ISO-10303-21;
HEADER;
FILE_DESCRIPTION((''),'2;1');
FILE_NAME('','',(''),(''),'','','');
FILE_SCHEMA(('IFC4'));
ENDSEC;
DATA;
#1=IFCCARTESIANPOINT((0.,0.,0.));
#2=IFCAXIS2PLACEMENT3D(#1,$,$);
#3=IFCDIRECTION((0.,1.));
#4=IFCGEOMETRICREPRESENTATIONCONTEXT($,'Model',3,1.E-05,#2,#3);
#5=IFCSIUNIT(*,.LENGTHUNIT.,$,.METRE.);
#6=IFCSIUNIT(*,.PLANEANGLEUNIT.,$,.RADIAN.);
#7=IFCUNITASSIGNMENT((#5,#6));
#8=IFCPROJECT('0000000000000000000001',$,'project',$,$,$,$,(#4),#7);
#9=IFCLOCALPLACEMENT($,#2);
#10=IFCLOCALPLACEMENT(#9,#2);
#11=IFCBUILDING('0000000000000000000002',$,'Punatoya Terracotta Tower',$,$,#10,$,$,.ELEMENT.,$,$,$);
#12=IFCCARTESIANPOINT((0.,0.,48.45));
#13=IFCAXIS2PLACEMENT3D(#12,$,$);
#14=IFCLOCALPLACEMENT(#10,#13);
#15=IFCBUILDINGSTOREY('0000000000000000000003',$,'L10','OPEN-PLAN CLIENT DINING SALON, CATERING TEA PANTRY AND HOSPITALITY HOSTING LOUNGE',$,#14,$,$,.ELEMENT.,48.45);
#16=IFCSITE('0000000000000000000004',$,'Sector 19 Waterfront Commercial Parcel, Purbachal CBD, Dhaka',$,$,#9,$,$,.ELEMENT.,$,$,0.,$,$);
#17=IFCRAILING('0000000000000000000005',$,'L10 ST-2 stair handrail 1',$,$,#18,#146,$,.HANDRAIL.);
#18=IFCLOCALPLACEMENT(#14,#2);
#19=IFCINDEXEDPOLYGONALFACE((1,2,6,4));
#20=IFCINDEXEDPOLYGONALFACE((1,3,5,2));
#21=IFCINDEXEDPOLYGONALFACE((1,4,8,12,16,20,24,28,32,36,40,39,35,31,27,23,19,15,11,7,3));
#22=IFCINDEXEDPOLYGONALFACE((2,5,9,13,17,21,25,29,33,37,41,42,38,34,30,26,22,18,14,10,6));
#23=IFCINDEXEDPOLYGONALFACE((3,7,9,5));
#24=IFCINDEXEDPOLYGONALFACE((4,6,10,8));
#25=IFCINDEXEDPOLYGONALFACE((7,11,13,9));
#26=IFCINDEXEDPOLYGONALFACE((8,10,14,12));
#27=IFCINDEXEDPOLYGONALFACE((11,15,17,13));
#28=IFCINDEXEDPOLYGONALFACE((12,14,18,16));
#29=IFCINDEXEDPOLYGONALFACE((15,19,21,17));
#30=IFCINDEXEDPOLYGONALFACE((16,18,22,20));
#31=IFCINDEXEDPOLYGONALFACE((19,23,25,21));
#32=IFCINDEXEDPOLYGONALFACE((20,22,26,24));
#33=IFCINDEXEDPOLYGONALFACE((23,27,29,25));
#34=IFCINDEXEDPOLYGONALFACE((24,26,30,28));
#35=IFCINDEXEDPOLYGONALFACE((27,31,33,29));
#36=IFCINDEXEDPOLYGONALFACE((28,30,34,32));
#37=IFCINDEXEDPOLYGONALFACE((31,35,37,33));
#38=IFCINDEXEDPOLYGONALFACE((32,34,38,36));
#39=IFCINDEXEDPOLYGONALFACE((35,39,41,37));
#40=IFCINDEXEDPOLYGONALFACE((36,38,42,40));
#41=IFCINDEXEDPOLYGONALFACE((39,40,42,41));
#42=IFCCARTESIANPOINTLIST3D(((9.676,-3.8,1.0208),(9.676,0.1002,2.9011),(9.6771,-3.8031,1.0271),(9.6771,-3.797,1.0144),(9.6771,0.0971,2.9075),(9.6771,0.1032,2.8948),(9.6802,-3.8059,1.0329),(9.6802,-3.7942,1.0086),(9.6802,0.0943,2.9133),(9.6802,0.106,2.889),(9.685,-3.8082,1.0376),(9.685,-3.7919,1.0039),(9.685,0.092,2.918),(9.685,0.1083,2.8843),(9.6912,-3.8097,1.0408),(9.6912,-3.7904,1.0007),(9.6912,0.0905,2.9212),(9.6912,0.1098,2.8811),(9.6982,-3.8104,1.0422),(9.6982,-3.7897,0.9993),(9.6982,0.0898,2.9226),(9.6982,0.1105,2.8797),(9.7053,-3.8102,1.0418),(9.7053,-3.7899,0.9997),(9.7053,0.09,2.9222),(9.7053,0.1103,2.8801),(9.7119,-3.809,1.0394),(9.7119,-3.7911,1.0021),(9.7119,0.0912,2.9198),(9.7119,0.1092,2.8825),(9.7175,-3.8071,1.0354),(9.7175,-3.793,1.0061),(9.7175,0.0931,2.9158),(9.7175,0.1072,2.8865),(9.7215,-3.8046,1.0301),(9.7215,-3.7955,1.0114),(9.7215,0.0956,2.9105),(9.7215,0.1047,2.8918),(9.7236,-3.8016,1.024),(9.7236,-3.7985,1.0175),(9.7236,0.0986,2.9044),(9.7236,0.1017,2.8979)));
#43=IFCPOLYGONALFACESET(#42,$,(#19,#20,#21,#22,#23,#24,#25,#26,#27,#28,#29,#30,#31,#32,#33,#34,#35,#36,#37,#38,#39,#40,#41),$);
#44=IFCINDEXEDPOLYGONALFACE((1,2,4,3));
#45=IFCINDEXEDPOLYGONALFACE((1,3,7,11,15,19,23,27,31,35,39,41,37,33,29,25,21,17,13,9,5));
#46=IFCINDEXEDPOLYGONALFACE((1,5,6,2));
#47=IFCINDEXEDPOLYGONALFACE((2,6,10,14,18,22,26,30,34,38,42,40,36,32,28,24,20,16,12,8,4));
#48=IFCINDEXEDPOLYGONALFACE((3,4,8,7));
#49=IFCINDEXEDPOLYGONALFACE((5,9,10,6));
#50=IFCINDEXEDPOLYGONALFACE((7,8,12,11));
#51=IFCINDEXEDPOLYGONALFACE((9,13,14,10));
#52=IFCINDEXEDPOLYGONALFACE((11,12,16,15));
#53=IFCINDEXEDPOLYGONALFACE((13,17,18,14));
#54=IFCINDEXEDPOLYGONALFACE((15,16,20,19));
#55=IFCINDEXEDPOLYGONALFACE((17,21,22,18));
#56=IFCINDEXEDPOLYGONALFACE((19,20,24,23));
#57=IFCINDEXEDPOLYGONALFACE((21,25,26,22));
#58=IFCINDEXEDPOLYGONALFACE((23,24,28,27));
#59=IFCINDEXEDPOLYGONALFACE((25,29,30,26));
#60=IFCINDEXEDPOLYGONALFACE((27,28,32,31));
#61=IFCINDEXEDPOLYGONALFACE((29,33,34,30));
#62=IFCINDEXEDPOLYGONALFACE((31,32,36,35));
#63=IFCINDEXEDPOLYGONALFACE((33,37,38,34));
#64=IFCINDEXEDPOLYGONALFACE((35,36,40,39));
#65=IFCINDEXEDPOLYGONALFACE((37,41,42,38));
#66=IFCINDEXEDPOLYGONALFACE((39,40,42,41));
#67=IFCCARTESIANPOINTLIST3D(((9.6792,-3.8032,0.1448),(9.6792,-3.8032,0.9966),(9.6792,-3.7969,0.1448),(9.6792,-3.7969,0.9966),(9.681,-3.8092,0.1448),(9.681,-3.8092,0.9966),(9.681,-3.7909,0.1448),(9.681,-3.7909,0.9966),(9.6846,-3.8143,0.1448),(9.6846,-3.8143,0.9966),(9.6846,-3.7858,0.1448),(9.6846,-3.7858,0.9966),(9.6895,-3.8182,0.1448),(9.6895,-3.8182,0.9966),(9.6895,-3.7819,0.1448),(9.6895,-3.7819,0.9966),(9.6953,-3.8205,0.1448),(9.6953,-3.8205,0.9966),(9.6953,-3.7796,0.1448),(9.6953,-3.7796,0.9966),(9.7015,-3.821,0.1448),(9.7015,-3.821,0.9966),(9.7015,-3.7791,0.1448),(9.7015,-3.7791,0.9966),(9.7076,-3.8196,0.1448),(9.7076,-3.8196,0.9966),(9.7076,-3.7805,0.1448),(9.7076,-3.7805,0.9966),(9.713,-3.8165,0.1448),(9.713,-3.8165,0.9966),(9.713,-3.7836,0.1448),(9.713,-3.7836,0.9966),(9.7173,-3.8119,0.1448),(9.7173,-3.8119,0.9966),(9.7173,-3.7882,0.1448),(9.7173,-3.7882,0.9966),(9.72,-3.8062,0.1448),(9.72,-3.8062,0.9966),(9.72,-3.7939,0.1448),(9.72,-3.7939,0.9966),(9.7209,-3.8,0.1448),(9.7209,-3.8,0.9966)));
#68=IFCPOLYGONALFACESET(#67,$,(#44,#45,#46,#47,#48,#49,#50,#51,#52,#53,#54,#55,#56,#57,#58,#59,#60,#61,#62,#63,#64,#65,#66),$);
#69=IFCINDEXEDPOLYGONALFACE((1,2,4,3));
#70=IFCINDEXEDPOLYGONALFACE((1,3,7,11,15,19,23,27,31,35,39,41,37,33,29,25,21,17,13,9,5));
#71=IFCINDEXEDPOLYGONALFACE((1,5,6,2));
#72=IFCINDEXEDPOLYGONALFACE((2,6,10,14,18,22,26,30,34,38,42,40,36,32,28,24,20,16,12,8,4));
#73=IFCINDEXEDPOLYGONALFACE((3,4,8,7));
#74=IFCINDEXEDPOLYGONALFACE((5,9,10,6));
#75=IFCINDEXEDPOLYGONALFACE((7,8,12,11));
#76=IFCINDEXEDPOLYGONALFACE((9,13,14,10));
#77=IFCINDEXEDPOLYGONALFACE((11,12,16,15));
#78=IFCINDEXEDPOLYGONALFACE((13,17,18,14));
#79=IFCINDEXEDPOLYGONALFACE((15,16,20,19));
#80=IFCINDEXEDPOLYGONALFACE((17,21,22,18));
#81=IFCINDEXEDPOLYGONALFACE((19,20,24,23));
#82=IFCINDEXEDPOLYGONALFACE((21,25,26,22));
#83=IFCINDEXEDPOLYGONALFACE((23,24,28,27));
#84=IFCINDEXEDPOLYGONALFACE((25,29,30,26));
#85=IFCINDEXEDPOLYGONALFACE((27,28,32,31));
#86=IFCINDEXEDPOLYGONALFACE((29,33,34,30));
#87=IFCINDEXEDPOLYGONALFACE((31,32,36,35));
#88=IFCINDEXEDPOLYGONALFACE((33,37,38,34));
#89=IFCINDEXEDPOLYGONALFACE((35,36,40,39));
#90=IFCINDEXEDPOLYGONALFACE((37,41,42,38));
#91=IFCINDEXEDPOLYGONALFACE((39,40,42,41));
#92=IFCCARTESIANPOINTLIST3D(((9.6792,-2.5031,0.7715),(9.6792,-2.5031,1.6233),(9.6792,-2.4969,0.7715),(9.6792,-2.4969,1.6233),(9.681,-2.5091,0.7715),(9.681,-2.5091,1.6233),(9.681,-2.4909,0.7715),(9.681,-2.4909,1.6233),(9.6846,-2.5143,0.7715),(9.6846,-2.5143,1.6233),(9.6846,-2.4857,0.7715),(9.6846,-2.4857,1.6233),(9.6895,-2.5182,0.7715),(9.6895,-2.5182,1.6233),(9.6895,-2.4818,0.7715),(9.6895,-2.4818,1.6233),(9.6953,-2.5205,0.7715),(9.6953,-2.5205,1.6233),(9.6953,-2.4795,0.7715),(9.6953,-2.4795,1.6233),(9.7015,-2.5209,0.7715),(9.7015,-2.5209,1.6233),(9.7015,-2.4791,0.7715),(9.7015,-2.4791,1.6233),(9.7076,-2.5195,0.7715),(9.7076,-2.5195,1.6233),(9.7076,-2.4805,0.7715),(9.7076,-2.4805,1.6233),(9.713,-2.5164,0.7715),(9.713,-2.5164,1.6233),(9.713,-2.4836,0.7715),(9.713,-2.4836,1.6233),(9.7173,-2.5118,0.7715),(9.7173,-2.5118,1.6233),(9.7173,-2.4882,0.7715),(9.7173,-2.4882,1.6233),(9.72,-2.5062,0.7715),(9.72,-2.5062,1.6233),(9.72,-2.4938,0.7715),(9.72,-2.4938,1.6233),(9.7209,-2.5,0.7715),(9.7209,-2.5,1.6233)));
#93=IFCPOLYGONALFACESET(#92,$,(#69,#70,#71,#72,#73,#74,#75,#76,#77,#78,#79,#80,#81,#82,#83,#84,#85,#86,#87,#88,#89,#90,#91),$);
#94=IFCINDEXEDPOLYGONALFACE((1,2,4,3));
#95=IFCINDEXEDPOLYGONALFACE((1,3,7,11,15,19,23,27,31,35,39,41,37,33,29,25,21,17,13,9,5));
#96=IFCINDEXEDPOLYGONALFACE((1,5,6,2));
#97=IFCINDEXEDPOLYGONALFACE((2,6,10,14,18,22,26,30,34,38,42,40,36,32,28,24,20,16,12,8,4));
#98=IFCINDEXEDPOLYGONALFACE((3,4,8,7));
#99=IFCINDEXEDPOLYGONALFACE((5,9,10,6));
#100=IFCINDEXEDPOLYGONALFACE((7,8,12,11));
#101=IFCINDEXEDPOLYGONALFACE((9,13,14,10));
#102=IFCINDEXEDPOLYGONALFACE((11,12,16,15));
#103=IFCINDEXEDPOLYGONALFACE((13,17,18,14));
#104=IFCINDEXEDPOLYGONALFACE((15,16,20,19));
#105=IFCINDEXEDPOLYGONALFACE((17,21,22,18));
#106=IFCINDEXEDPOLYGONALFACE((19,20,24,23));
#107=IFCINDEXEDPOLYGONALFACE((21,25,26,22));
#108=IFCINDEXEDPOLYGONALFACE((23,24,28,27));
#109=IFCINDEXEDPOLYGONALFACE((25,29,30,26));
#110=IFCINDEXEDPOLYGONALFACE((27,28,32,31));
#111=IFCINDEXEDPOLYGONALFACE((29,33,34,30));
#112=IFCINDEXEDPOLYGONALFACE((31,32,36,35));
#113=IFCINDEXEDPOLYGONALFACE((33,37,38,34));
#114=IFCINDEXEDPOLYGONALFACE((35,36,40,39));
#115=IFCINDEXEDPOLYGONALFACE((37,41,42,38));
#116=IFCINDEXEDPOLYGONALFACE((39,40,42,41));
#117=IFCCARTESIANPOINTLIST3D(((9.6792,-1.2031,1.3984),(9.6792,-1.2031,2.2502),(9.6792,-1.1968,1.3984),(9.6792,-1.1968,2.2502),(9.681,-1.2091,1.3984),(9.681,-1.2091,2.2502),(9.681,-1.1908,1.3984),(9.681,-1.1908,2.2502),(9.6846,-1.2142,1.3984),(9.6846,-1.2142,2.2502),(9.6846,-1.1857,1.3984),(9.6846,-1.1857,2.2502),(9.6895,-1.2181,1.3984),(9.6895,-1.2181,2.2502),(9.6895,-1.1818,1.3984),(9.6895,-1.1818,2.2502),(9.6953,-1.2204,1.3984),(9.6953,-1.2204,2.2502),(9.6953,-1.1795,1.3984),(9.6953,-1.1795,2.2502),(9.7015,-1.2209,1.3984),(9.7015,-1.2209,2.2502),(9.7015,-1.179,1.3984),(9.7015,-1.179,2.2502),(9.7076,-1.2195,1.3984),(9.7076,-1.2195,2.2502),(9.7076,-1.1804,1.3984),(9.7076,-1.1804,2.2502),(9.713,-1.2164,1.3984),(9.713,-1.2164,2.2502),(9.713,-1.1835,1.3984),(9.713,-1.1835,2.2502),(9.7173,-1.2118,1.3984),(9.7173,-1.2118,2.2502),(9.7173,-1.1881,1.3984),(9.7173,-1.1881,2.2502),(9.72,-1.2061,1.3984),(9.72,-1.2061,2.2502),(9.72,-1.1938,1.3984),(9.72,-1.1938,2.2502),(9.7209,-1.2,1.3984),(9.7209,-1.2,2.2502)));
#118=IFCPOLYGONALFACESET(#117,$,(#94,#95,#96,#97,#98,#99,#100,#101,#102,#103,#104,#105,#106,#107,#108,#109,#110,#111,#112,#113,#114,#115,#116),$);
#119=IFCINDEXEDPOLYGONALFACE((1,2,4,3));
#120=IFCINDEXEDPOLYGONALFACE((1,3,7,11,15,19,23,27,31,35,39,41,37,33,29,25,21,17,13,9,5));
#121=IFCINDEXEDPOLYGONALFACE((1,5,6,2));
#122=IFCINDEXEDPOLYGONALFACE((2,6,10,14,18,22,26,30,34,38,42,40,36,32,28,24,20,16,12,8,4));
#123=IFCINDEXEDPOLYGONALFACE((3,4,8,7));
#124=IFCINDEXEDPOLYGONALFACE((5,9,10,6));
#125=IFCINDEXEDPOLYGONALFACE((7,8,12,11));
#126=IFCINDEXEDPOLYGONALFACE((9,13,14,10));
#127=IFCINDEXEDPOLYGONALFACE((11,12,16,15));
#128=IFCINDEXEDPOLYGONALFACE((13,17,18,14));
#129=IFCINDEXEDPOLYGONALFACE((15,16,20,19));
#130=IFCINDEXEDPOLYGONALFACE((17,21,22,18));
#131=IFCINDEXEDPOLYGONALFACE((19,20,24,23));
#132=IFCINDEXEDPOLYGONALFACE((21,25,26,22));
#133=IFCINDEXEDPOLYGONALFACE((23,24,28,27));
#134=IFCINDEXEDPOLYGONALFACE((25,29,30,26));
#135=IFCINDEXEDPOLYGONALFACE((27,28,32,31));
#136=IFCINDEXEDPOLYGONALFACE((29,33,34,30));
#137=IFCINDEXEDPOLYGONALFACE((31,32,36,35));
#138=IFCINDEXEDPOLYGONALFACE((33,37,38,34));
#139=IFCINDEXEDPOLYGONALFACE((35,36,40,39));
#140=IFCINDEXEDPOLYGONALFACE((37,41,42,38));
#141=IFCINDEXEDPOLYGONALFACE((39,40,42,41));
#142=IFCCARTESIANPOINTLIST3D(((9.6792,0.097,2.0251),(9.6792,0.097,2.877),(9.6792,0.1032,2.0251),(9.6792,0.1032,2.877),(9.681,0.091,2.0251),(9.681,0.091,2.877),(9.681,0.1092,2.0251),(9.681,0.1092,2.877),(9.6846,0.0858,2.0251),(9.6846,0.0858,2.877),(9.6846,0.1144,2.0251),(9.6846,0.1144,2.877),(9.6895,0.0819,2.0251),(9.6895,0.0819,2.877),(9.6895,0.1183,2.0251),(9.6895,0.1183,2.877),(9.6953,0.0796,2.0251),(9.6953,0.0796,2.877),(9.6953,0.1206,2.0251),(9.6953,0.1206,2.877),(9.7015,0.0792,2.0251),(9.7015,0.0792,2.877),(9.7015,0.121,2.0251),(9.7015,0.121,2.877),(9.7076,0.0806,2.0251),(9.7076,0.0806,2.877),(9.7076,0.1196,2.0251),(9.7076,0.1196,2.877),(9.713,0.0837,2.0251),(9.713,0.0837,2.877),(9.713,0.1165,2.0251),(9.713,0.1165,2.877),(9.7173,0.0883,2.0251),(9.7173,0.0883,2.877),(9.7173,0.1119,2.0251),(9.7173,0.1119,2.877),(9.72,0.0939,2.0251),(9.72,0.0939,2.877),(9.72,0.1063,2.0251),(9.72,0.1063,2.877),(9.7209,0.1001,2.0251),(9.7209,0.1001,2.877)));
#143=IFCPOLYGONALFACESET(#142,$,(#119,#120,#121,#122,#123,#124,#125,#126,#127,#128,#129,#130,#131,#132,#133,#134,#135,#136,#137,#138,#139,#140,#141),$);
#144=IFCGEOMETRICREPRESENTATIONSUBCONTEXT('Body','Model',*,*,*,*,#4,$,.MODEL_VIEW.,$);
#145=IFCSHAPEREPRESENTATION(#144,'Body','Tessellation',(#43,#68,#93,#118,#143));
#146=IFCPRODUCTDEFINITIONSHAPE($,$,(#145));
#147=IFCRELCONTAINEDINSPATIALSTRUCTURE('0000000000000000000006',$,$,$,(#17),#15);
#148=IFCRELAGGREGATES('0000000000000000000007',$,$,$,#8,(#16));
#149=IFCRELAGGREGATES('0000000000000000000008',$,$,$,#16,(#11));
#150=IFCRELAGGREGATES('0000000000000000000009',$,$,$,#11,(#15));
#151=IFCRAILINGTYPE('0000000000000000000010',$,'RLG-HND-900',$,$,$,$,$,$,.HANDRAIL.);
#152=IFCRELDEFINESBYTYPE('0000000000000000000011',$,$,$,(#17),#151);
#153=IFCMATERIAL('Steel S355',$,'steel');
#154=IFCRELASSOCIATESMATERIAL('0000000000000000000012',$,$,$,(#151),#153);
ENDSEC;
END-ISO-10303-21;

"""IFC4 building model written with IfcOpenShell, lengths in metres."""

from ifc_helpers import new_model, si_unit, direction, frame, origin, origin_2d, place, context, subcontext, project, spatial, circle, extrude, material, type_object, element, save


model = new_model("IFC4")

# Units and contexts
model_context = context("Model", 3, precision=1e-05, world=origin(), true_north=direction((0.0, 1.0)))
body_context = subcontext(model_context, "Body", "Model", "MODEL_VIEW")
ifc_project = project(units=[si_unit("LENGTHUNIT", "METRE"), si_unit("PLANEANGLEUNIT", "RADIAN")], contexts=[model_context])

# Site, building, storey
site_placement = place(None, origin())
site = spatial("IfcSite", under=ifc_project, at=site_placement, Name="Sector 19 Waterfront Commercial Parcel, Purbachal CBD, Dhaka", CompositionType="ELEMENT", RefElevation=0.0)
building_placement = place(site_placement, origin())
building = spatial("IfcBuilding", under=site, at=building_placement, Name="Punatoya Terracotta Tower", CompositionType="ELEMENT")
storey_placement = place(building_placement, frame((0.0, 0.0, 48.45)))
storey = spatial("IfcBuildingStorey", under=building, at=storey_placement, Name="L10", Description="OPEN-PLAN CLIENT DINING SALON, CATERING TEA PANTRY AND HOSPITALITY HOSTING LOUNGE", CompositionType="ELEMENT", Elevation=48.45)

# Shared definitions
ifc_material_1 = material(Name="Steel S355", Category="steel")

# Railing
railing_type_1 = type_object("IfcRailingType", Name="RLG-HND-900", PredefinedType="HANDRAIL", material=ifc_material_1)
railing_1_placement = place(storey_placement, frame((9.7, -3.8, 0.1448)))
element("IfcRailing", 1, at=railing_1_placement, inside=storey, type_object=railing_type_1, Name="L10 ST-2 stair handrail 1", PredefinedType="HANDRAIL", context=body_context, shape_type="SweptSolid", body=[
    extrude(circle(Radius=0.0239, at=origin_2d()), frame((0.0, 0.0, 0.876), z_axis=(0.0, 0.900774, 0.434289), x_axis=(-1.0, 0.0, 0.0)), (0.0, 0.0, 1.0), 4.3298),
    extrude(circle(Radius=0.021, at=origin_2d()), origin(), (0.0, 0.0, 1.0), 0.8518),
    extrude(circle(Radius=0.021, at=origin_2d()), frame((0.0, 1.3, 0.6267)), (0.0, 0.0, 1.0), 0.8518),
    extrude(circle(Radius=0.021, at=origin_2d()), frame((0.0, 2.6001, 1.2537)), (0.0, 0.0, 1.0), 0.8518),
    extrude(circle(Radius=0.021, at=origin_2d()), frame((0.0, 3.9001, 1.8804)), (0.0, 0.0, 1.0), 0.8518),
])

save(model, "model.ifc")
